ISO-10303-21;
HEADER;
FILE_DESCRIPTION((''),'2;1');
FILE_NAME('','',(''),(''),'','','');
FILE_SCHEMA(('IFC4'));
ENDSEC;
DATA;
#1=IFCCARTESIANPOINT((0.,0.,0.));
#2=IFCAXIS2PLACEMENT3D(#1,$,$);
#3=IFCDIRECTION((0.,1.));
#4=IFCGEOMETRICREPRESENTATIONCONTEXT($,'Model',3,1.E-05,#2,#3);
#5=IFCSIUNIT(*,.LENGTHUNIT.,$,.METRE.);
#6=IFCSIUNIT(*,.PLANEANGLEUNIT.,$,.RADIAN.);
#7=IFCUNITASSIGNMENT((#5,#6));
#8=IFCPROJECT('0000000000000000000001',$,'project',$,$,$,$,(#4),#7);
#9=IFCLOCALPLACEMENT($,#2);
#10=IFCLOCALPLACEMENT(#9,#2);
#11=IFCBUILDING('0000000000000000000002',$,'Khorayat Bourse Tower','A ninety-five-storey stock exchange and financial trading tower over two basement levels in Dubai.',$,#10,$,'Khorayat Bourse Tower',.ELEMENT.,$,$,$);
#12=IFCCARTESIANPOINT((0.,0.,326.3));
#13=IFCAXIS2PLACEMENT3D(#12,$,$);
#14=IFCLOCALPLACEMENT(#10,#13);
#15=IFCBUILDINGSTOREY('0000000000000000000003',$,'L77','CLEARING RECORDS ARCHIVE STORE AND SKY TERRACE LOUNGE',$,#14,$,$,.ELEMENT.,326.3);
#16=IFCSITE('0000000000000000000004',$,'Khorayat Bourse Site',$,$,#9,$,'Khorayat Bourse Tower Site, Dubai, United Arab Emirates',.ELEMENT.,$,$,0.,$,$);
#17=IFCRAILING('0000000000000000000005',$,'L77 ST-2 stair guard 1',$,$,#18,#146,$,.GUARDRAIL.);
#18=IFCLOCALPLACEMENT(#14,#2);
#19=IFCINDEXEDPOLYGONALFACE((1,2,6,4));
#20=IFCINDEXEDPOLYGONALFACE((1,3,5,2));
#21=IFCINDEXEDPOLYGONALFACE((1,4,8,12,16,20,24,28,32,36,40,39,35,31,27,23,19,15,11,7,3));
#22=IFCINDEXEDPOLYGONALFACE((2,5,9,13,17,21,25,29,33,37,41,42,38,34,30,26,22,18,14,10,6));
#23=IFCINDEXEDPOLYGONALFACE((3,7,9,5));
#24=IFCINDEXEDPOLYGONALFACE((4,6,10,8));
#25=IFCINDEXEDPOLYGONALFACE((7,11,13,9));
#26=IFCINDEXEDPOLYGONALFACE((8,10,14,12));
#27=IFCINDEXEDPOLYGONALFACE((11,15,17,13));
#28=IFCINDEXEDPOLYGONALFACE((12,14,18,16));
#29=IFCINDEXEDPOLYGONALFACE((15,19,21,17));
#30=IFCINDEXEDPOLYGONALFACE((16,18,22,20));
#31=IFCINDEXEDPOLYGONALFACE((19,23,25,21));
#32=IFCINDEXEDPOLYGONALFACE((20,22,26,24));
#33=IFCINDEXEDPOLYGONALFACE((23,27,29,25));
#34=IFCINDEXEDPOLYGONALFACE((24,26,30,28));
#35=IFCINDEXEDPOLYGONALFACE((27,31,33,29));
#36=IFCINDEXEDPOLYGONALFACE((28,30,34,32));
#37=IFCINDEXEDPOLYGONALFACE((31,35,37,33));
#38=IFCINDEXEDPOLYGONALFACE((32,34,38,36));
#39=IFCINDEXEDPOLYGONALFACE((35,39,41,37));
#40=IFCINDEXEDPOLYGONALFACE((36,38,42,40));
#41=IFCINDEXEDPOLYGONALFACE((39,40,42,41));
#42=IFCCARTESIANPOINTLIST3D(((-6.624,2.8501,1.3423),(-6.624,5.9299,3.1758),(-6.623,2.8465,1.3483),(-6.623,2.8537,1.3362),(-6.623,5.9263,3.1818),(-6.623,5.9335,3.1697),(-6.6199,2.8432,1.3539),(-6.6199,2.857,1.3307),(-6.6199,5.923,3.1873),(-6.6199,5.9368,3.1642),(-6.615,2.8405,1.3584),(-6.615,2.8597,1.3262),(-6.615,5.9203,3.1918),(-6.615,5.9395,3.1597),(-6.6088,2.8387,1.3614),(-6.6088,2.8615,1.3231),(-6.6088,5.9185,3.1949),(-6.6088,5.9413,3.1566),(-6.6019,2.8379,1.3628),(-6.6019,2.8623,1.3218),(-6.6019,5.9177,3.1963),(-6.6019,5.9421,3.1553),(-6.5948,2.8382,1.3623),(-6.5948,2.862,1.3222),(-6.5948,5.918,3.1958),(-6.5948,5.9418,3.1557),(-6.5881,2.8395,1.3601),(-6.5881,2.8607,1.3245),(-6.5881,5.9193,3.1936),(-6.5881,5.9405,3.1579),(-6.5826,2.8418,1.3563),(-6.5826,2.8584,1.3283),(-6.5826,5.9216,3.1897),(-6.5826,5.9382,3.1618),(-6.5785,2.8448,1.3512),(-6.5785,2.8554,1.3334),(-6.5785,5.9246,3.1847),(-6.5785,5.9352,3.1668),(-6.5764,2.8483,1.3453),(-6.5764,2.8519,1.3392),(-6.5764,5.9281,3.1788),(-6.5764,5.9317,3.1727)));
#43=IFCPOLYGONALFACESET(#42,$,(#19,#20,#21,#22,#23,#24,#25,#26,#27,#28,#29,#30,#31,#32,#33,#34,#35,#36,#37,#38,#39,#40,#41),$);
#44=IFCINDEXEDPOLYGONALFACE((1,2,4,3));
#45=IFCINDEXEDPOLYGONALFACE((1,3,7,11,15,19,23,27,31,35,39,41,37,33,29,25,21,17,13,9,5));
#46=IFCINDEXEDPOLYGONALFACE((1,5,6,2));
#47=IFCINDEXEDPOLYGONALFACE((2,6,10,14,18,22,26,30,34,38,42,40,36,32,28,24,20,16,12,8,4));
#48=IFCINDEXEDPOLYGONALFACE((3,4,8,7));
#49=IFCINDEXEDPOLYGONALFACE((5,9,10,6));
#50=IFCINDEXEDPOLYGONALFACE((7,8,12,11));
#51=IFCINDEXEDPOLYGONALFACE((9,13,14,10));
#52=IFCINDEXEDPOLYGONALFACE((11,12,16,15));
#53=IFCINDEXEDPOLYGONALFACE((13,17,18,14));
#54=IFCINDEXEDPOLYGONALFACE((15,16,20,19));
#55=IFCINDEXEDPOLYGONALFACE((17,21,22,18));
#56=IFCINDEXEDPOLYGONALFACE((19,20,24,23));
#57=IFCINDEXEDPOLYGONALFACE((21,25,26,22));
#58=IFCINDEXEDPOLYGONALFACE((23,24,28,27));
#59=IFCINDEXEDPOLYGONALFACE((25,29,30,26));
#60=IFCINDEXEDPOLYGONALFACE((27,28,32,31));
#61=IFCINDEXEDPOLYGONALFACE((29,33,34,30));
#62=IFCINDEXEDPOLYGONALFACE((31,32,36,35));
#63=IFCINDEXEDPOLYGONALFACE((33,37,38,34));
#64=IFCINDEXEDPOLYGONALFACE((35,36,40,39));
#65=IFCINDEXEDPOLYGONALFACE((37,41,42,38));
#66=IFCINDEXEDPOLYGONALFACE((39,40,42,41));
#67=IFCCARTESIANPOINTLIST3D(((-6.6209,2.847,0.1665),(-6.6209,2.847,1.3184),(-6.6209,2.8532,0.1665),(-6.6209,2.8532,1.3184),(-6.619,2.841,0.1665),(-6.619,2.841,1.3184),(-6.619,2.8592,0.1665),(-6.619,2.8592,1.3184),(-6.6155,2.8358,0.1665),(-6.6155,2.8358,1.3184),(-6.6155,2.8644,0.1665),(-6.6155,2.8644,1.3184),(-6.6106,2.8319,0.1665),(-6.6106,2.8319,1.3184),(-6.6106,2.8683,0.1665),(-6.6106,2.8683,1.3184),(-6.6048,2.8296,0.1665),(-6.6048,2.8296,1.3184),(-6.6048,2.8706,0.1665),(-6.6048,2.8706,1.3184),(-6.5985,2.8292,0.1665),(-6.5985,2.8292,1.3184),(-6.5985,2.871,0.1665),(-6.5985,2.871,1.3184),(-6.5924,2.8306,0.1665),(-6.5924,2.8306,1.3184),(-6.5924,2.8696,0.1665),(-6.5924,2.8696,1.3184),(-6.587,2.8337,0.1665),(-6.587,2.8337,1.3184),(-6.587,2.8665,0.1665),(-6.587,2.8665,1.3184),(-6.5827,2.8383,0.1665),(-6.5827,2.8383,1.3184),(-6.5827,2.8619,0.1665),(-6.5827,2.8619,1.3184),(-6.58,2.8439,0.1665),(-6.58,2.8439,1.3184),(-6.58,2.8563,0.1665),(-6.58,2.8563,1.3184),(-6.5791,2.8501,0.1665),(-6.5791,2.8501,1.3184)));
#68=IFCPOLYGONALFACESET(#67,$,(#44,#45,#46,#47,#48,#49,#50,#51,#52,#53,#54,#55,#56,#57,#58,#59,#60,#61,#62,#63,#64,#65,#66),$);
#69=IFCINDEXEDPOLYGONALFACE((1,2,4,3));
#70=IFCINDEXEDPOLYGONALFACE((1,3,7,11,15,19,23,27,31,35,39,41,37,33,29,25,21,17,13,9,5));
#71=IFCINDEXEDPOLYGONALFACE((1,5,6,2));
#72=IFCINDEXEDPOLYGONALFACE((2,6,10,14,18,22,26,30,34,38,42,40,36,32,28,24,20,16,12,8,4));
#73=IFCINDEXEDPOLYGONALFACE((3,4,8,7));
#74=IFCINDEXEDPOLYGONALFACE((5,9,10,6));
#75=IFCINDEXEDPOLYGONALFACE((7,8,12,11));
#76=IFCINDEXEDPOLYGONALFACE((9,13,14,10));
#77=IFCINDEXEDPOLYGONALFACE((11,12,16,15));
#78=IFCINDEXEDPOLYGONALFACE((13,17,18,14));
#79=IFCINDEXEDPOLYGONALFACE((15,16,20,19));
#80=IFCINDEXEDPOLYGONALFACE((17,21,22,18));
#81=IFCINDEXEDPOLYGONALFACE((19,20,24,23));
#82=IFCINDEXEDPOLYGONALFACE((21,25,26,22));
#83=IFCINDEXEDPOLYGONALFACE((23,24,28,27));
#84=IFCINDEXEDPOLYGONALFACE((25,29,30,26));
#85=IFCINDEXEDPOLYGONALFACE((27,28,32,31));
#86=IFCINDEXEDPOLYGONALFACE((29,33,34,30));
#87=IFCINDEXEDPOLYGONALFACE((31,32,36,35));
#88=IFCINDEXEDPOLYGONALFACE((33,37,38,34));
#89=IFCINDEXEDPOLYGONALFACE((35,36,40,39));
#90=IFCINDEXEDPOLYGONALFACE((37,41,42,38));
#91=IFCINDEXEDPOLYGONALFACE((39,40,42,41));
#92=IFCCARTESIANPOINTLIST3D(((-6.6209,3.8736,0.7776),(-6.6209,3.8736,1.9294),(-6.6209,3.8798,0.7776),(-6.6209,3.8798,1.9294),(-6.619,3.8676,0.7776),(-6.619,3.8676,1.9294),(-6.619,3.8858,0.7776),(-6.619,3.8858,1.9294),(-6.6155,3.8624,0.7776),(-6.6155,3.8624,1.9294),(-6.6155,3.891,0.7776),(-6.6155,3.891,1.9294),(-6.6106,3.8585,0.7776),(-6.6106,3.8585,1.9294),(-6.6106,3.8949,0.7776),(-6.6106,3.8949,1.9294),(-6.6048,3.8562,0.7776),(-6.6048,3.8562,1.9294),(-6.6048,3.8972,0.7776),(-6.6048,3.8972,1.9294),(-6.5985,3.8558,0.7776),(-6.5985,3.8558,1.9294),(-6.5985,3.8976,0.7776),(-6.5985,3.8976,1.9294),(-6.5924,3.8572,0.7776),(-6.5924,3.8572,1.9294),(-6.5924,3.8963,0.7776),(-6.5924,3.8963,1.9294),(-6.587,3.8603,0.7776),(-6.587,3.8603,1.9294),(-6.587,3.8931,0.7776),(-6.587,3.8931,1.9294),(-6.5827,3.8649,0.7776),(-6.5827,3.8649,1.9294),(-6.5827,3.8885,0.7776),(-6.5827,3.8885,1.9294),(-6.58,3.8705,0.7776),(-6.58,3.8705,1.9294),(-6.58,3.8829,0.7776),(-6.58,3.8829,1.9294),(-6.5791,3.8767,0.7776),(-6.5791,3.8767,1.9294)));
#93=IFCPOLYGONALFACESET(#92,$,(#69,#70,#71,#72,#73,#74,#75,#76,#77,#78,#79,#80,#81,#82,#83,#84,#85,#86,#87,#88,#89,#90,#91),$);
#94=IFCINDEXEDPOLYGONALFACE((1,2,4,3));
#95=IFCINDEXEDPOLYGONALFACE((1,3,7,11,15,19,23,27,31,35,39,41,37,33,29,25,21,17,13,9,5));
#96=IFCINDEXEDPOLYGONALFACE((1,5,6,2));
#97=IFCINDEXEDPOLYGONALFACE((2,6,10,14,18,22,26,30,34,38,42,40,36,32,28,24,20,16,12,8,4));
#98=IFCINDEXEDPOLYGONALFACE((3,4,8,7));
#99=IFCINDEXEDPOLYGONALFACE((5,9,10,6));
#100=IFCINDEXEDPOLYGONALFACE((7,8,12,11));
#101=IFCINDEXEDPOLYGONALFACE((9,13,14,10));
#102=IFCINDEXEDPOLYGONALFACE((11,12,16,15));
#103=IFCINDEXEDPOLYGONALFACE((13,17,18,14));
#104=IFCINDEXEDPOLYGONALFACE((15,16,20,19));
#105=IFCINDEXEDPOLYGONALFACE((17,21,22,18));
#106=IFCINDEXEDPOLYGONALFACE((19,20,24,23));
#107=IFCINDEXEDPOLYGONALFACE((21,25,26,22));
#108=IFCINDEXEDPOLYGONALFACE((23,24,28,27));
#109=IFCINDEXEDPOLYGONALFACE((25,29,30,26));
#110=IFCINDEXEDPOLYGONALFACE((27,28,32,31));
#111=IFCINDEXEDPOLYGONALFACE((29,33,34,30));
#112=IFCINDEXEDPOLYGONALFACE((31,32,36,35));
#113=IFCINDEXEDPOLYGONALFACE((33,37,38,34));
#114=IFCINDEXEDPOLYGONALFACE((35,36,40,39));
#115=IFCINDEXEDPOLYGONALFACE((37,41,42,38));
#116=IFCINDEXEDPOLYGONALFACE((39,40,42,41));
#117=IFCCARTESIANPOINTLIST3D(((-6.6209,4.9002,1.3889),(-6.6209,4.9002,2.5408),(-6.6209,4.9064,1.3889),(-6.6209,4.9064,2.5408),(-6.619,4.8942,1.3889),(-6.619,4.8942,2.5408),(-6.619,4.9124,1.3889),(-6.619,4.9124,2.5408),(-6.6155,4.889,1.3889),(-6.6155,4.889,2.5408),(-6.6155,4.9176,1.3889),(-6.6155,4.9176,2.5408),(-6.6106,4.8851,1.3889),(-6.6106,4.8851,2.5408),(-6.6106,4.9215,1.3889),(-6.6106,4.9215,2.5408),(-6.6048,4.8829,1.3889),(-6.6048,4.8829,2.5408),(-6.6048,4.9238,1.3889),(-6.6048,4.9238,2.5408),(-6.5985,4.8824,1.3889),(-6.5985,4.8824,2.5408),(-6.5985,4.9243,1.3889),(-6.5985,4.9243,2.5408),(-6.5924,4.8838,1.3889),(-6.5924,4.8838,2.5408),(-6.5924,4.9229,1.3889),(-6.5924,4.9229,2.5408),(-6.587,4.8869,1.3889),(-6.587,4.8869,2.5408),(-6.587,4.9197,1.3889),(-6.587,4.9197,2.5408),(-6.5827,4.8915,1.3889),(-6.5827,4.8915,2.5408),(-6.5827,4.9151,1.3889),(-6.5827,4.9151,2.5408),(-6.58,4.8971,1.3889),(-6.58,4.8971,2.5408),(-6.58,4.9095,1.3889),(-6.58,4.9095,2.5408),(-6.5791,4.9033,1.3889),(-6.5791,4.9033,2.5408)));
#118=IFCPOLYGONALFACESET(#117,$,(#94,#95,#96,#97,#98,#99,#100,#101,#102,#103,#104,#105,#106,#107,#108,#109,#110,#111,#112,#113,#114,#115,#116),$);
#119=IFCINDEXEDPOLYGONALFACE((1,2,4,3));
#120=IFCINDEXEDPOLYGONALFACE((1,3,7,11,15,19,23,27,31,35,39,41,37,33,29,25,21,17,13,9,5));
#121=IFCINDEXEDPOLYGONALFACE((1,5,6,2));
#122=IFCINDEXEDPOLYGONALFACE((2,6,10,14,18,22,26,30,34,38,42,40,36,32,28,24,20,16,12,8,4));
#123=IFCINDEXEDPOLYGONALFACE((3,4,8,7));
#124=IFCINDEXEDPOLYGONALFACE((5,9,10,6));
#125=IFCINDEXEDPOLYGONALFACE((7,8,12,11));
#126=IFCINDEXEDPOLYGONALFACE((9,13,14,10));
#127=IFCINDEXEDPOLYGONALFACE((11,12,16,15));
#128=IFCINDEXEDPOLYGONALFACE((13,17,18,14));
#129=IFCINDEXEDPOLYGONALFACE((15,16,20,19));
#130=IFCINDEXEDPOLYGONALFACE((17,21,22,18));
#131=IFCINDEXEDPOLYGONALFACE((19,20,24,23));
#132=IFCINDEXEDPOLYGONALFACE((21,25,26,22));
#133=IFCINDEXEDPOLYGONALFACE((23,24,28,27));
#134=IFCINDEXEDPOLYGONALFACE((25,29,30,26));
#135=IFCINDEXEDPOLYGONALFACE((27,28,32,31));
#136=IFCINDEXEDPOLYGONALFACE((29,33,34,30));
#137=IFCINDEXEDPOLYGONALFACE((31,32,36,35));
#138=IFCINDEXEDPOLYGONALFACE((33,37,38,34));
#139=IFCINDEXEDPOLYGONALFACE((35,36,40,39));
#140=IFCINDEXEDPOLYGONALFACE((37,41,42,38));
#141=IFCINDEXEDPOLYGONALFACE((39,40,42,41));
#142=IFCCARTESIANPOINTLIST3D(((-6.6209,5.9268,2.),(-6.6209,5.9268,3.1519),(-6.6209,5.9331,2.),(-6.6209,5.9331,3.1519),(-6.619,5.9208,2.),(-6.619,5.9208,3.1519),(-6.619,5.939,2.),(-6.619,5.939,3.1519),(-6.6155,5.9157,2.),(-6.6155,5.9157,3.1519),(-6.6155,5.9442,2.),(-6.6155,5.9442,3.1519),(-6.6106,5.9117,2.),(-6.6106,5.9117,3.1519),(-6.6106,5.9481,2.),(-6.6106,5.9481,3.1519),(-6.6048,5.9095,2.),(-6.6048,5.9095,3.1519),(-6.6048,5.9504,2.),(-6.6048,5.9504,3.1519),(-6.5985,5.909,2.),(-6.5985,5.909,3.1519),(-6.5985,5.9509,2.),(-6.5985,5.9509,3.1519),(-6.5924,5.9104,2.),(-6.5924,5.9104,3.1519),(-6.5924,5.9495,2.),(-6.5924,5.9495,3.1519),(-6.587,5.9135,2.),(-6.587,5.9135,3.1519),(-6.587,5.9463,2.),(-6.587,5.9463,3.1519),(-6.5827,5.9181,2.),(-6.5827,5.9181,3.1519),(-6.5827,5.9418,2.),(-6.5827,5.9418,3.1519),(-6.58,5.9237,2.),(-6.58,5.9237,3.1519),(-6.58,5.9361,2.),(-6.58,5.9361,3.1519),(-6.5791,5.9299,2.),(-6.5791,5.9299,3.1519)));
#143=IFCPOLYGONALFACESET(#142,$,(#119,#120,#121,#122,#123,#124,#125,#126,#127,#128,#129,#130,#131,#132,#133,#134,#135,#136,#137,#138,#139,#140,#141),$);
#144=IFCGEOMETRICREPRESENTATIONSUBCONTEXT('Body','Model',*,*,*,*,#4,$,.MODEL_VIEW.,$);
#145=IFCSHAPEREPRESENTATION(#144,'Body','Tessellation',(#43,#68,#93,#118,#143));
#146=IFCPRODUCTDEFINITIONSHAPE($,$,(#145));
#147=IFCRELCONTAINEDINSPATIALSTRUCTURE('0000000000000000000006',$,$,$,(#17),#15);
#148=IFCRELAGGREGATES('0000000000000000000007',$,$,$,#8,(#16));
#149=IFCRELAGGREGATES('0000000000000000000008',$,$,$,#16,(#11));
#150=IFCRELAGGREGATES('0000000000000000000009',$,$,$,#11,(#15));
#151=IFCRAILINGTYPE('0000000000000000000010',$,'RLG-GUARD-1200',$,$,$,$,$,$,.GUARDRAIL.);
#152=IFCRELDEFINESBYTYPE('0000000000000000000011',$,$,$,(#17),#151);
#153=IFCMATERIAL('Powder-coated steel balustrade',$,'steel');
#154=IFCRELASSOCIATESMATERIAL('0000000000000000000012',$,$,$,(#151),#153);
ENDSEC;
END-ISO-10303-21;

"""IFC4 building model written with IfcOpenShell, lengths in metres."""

from ifc_helpers import new_model, si_unit, direction, frame, origin, origin_2d, place, context, subcontext, project, spatial, circle, extrude, source, transform, mapped, material, type_object, element, save


model = new_model("IFC4")

# Units and contexts
model_context = context("Model", 3, precision=1e-05, world=origin(), true_north=direction((0.0, 1.0)))
body_context = subcontext(model_context, "Body", "Model", "MODEL_VIEW")
ifc_project = project(units=[si_unit("LENGTHUNIT", "METRE"), si_unit("PLANEANGLEUNIT", "RADIAN")], contexts=[model_context])

# Site, building, storey
site_placement = place(None, origin())
site = spatial("IfcSite", under=ifc_project, at=site_placement, Name="Khorayat Bourse Site", LongName="Khorayat Bourse Tower Site, Dubai, United Arab Emirates", CompositionType="ELEMENT", RefElevation=0.0)
building_placement = place(site_placement, origin())
building = spatial("IfcBuilding", under=site, at=building_placement, Name="Khorayat Bourse Tower", Description="A ninety-five-storey stock exchange and financial trading tower over two basement levels in Dubai.", LongName="Khorayat Bourse Tower", CompositionType="ELEMENT")
storey_placement = place(building_placement, frame((0.0, 0.0, 326.3)))
storey = spatial("IfcBuildingStorey", under=building, at=storey_placement, Name="L77", Description="CLEARING RECORDS ARCHIVE STORE AND SKY TERRACE LOUNGE", CompositionType="ELEMENT", Elevation=326.3)

# Railing
ifc_material_1 = material(Name="Powder-coated steel balustrade", Category="steel")
railing_type_1 = type_object("IfcRailingType", Name="RLG-GUARD-1200", PredefinedType="GUARDRAIL", material=ifc_material_1)
shared_shape_1 = source(origin(), body_context, "Body", "SweptSolid", [
    extrude(circle(Radius=0.0239, at=origin_2d()), frame((0.0, 0.0, 1.1758), z_axis=(0.0, 0.859261, 0.511538), x_axis=(-1.0, 0.0, 0.0)), (0.0, 0.0, 1.0), 3.5842),
    extrude(circle(Radius=0.021, at=origin_2d()), origin(), (0.0, 0.0, 1.0), 1.1519),
    extrude(circle(Radius=0.021, at=origin_2d()), frame((0.0, 1.0266, 0.6111)), (0.0, 0.0, 1.0), 1.1519),
    extrude(circle(Radius=0.021, at=origin_2d()), frame((0.0, 2.0532, 1.2224)), (0.0, 0.0, 1.0), 1.1519),
    extrude(circle(Radius=0.021, at=origin_2d()), frame((0.0, 3.0798, 1.8335)), (0.0, 0.0, 1.0), 1.1519),
])
railing_1_placement = place(storey_placement, frame((-6.6001, 2.8501, 0.1665)))
element("IfcRailing", 1, at=railing_1_placement, inside=storey, type_object=railing_type_1, Name="L77 ST-2 stair guard 1", PredefinedType="GUARDRAIL", context=body_context, shape_type="MappedRepresentation", body=[
    mapped(shared_shape_1, transform((0.0, 0.0, 0.0), scale=1.0)),
])

save(model, "model.ifc")
